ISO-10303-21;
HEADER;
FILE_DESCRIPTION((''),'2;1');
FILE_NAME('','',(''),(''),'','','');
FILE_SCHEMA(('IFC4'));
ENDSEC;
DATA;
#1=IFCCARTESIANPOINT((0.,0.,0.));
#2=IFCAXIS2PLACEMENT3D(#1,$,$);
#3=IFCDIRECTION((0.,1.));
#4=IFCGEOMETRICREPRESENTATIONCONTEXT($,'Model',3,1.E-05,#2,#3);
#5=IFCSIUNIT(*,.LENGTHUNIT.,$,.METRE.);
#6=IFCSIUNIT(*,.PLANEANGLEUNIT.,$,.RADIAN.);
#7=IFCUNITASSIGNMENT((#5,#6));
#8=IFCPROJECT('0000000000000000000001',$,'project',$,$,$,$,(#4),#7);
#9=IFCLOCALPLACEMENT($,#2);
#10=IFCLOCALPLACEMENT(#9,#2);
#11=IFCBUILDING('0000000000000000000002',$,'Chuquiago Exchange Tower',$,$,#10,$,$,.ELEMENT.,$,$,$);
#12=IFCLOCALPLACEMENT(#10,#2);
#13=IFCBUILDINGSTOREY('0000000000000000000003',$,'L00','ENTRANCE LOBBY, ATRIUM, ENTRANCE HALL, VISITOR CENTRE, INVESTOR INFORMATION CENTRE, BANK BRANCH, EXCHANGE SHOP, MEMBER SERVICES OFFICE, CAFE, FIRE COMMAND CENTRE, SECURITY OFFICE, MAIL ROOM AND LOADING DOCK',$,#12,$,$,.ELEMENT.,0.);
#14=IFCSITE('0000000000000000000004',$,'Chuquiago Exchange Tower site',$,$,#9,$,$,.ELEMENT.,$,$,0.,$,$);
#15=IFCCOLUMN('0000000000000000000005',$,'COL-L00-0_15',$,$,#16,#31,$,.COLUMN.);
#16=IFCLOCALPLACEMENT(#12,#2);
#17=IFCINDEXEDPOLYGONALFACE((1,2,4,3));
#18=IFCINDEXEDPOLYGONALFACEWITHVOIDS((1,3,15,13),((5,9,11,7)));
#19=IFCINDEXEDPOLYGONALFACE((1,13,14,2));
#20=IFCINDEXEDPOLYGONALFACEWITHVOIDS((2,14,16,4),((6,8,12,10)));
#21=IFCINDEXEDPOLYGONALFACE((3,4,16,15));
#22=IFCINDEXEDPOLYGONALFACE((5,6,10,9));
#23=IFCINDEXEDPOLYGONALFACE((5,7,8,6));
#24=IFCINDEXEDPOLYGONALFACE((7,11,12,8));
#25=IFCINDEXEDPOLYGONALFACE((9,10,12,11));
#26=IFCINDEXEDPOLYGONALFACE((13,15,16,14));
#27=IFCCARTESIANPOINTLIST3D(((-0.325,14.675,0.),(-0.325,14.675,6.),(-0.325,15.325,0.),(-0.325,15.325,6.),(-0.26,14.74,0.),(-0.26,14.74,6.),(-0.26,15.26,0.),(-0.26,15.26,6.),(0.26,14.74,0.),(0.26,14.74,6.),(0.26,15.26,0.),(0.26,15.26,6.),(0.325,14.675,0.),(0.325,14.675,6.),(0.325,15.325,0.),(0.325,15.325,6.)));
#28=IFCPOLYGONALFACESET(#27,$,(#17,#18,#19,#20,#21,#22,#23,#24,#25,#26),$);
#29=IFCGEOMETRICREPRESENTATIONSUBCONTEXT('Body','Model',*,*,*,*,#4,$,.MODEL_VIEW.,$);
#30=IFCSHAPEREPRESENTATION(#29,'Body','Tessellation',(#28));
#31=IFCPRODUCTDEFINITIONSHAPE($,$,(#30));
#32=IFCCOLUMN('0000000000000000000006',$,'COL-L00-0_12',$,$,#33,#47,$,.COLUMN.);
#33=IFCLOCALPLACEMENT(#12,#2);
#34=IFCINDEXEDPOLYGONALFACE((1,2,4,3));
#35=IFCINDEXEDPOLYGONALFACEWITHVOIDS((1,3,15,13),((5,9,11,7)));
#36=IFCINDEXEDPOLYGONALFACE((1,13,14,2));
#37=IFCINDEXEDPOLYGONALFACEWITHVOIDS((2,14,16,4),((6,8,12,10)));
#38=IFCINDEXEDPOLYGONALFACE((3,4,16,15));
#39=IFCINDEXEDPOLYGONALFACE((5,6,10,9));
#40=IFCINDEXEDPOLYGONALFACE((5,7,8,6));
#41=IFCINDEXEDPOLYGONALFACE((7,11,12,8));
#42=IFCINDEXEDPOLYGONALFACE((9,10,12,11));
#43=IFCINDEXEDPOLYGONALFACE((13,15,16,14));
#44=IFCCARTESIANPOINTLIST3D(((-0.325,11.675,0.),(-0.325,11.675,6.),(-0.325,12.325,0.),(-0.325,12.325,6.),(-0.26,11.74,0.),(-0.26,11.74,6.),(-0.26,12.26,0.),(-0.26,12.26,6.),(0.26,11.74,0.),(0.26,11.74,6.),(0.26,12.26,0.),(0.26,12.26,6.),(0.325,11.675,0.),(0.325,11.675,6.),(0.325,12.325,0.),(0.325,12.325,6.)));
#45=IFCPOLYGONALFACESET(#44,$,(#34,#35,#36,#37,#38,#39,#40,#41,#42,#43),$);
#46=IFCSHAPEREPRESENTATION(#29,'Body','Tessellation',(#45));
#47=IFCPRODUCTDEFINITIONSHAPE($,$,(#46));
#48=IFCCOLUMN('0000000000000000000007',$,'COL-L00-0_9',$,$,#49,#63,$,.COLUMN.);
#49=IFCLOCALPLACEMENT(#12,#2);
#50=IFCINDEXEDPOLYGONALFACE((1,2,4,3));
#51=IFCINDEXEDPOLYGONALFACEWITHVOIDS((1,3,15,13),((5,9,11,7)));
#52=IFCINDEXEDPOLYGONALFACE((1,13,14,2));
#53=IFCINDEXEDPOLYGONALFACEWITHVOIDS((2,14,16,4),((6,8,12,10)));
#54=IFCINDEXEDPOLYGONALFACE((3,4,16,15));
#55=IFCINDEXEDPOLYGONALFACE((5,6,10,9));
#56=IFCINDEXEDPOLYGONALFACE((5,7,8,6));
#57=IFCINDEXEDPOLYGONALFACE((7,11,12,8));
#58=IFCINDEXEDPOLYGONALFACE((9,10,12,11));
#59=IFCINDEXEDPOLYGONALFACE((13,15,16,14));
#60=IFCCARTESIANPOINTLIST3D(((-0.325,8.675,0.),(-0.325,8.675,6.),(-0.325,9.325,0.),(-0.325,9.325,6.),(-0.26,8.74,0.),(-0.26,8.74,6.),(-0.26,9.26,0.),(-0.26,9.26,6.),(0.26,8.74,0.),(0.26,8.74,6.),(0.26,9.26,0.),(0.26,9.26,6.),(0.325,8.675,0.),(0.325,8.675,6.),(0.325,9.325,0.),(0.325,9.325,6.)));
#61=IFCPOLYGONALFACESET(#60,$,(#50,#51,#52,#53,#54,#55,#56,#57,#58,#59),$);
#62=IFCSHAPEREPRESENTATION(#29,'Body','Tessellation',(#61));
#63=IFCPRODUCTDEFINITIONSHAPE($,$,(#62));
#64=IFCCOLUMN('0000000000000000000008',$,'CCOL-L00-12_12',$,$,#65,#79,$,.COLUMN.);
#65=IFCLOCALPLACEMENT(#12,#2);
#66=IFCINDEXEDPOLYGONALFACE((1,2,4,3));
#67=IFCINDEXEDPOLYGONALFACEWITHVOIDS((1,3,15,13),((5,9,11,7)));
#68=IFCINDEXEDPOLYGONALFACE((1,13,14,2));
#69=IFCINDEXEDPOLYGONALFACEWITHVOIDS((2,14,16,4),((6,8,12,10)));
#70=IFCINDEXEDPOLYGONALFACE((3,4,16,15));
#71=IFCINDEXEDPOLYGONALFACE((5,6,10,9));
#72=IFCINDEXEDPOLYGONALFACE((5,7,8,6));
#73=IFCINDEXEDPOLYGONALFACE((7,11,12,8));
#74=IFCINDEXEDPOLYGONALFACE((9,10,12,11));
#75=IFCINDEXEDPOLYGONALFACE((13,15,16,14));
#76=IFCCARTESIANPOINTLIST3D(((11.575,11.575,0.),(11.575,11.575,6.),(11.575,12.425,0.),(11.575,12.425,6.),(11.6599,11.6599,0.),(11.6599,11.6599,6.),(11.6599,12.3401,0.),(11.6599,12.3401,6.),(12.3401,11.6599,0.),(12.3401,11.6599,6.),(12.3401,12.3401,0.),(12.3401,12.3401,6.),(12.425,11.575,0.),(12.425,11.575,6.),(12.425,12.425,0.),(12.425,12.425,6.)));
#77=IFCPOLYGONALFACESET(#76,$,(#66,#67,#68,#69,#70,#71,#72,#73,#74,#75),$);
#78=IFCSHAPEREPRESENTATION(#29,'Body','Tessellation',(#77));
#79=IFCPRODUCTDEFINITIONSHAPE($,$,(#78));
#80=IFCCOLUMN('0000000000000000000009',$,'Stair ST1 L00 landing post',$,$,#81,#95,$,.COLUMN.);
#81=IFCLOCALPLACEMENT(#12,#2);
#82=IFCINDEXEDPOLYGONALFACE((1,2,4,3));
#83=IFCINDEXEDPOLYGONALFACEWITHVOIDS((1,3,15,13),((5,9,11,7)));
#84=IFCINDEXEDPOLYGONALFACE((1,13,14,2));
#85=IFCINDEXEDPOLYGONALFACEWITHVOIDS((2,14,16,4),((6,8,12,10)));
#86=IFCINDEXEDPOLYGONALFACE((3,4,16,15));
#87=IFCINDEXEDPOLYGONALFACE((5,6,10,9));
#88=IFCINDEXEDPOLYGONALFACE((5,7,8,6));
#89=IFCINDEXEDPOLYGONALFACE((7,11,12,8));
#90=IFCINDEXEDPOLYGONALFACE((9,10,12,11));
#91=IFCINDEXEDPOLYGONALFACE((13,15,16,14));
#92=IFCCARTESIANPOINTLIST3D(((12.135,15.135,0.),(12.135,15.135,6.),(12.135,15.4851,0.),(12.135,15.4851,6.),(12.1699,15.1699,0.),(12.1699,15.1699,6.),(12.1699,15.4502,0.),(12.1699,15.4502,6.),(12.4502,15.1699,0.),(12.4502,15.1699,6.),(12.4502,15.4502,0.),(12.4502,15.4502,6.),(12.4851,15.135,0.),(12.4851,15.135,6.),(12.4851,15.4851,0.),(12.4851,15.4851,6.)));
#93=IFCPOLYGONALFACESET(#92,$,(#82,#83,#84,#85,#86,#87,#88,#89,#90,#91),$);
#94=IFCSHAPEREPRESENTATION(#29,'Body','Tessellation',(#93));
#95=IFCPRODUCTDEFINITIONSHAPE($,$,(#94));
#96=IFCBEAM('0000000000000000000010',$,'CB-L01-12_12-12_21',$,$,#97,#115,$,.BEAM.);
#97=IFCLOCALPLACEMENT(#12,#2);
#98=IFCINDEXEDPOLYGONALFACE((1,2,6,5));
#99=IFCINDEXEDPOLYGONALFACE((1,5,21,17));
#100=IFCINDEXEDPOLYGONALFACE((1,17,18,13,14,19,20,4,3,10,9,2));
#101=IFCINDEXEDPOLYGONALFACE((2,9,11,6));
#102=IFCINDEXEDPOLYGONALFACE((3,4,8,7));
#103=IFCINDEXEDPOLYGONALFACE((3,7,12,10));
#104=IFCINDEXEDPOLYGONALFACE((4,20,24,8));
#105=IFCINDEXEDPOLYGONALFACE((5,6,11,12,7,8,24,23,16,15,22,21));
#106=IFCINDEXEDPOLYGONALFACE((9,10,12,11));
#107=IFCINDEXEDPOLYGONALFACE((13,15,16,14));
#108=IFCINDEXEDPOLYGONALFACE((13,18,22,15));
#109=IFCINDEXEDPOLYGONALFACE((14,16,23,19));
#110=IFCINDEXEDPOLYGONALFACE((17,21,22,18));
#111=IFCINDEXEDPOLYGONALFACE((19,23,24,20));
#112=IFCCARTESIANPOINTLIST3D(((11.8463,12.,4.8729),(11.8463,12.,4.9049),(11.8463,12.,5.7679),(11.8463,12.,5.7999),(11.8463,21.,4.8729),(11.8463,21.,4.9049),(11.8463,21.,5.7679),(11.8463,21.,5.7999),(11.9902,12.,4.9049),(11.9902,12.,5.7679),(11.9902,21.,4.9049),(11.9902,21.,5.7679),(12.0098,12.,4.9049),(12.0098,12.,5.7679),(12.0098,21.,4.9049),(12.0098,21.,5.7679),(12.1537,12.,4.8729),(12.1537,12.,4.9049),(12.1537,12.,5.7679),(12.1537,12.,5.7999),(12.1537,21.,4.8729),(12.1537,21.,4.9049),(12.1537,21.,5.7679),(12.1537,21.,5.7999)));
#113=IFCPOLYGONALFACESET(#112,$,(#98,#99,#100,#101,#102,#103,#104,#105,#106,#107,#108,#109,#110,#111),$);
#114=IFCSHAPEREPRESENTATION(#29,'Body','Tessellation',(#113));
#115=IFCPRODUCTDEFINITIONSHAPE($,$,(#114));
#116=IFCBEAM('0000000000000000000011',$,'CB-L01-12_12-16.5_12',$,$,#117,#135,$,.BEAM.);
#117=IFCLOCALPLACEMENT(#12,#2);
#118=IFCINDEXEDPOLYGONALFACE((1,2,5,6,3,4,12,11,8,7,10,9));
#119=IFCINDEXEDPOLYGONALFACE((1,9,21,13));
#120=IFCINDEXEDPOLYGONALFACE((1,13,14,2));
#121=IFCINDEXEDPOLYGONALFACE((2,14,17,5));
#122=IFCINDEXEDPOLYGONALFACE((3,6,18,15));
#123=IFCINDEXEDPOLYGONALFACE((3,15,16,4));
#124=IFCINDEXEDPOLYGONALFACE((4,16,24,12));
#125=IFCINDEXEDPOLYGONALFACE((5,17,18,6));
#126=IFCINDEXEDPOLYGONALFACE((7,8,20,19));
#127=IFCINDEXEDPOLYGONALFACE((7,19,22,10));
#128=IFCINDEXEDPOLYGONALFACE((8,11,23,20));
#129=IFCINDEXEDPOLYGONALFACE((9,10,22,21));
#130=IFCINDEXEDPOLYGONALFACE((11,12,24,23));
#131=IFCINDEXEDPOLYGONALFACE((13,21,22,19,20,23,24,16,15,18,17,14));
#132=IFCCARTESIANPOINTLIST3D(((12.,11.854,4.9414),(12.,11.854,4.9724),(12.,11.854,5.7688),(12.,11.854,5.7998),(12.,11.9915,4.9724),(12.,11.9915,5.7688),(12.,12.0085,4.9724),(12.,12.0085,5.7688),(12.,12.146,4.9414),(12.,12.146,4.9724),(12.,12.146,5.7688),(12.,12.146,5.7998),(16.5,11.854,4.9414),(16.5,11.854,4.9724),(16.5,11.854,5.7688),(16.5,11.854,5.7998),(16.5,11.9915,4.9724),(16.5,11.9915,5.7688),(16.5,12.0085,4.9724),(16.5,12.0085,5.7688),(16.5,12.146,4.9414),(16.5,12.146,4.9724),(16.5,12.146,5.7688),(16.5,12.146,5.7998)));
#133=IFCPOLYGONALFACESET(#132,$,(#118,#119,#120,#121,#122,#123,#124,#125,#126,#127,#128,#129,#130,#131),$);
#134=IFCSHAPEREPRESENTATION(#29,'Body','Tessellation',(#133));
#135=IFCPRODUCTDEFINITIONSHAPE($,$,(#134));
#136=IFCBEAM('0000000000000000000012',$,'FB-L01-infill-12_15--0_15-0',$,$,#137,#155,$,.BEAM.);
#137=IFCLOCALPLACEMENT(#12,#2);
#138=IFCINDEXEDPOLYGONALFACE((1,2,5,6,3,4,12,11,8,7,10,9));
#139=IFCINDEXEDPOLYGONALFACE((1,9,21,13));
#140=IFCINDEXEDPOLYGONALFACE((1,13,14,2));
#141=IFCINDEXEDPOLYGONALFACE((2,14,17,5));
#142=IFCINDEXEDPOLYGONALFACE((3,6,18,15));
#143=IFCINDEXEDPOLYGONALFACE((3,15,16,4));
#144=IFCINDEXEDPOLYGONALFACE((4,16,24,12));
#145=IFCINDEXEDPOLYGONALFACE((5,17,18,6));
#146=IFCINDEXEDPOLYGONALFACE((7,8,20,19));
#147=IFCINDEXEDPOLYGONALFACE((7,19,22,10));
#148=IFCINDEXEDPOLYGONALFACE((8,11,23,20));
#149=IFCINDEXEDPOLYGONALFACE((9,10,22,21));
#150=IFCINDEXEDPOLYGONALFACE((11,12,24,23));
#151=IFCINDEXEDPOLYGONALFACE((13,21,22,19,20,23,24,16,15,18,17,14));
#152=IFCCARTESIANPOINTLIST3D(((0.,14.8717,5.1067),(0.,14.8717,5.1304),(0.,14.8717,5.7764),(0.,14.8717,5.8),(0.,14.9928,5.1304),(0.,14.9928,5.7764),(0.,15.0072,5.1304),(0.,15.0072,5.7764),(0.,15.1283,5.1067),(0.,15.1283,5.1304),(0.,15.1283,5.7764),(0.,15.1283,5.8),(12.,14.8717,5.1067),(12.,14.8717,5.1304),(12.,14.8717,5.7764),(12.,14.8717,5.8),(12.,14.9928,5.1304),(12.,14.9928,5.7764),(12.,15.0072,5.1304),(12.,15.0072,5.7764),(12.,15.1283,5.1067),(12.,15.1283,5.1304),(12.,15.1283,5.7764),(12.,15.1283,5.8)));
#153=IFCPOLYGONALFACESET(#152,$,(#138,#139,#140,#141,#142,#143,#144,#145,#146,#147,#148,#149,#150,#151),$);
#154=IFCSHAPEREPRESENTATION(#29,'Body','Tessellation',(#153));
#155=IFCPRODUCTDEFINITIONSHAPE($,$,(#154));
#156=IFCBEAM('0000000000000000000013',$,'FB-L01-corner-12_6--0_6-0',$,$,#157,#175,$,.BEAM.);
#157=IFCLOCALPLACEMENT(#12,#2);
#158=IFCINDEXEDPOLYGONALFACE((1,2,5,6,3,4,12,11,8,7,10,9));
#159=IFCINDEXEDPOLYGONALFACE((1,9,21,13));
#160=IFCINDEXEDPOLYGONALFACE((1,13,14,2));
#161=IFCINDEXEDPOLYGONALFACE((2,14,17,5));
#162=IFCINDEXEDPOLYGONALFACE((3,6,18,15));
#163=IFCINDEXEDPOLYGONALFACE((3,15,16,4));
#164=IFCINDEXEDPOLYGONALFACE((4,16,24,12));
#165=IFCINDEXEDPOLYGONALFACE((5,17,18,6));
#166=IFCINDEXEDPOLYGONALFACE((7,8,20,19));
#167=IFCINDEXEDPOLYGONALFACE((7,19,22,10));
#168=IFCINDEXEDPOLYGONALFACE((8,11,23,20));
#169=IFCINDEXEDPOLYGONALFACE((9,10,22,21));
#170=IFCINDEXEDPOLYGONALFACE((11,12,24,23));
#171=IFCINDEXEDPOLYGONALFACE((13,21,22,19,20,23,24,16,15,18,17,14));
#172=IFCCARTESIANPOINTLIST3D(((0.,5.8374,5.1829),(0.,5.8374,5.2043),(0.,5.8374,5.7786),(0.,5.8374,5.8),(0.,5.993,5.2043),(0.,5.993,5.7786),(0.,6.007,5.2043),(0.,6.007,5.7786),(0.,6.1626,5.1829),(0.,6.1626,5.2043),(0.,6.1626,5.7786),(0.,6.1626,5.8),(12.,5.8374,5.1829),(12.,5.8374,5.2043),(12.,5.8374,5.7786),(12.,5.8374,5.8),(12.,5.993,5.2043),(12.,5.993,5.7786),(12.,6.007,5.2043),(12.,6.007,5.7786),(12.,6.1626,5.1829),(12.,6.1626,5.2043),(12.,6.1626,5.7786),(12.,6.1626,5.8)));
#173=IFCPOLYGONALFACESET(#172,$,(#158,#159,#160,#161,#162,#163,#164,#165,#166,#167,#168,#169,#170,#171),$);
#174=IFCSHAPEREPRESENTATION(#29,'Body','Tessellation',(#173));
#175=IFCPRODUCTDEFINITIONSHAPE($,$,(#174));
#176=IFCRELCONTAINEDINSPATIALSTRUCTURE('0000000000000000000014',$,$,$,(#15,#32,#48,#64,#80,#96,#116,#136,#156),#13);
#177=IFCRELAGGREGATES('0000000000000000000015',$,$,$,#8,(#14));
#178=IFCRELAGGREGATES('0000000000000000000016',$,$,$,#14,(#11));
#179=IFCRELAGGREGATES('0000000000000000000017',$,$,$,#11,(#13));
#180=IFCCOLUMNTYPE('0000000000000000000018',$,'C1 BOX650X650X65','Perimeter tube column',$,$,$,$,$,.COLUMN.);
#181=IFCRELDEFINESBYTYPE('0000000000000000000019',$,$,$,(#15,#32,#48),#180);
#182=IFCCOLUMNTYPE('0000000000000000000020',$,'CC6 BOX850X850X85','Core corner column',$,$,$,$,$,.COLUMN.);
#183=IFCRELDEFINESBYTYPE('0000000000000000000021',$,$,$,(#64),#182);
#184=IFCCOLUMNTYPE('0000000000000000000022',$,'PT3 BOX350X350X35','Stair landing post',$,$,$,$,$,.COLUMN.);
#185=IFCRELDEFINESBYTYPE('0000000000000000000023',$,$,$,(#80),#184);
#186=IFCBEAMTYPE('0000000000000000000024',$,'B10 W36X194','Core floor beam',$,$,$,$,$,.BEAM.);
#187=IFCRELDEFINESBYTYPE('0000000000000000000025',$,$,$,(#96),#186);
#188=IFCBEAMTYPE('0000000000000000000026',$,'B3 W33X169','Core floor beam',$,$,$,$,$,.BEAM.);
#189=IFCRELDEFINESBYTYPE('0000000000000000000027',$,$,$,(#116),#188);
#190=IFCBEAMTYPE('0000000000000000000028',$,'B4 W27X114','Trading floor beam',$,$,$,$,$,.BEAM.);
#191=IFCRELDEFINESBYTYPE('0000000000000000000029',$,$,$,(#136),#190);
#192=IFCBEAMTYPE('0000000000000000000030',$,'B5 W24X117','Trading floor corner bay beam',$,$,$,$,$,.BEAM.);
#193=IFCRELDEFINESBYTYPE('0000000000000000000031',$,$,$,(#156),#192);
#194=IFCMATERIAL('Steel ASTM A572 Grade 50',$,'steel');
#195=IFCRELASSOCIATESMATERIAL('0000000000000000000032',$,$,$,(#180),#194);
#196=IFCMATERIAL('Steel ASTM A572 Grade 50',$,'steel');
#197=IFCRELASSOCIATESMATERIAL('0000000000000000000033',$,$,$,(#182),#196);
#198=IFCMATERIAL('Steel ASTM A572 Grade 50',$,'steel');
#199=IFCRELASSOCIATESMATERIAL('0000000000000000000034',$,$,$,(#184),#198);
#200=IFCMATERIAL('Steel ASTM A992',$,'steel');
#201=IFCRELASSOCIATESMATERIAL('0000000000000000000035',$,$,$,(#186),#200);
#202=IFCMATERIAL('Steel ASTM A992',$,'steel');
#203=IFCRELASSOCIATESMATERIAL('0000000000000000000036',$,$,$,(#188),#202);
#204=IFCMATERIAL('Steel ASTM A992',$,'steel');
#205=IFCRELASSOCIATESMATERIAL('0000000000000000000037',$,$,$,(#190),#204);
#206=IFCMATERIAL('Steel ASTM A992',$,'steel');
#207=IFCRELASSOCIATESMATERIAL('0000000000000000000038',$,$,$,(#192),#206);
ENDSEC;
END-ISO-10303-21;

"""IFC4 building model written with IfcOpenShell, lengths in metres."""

from ifc_helpers import new_model, si_unit, direction, frame, origin, origin_2d, place, context, subcontext, project, spatial, hollow_rectangle, i_section, extrude, material, material_profile, profile_set, type_object, element, save


model = new_model("IFC4")

# Units and contexts
model_context = context("Model", 3, precision=1e-05, world=origin(), true_north=direction((0.0, 1.0)))
body_context = subcontext(model_context, "Body", "Model", "MODEL_VIEW")
ifc_project = project(units=[si_unit("LENGTHUNIT", "METRE"), si_unit("PLANEANGLEUNIT", "RADIAN")], contexts=[model_context])

# Site, building, storey
site_placement = place(None, origin())
site = spatial("IfcSite", under=ifc_project, at=site_placement, Name="Chuquiago Exchange Tower site", CompositionType="ELEMENT", RefElevation=0.0)
building_placement = place(site_placement, origin())
building = spatial("IfcBuilding", under=site, at=building_placement, Name="Chuquiago Exchange Tower", CompositionType="ELEMENT")
storey_placement = place(building_placement, origin())
storey = spatial("IfcBuildingStorey", under=building, at=storey_placement, Name="L00", Description="ENTRANCE LOBBY, ATRIUM, ENTRANCE HALL, VISITOR CENTRE, INVESTOR INFORMATION CENTRE, BANK BRANCH, EXCHANGE SHOP, MEMBER SERVICES OFFICE, CAFE, FIRE COMMAND CENTRE, SECURITY OFFICE, MAIL ROOM AND LOADING DOCK", CompositionType="ELEMENT", Elevation=0.0)

# Columns
ifc_material_1 = material(Name="Steel ASTM A572 Grade 50", Category="steel")
ifc_material_profile_1 = material_profile(ifc_material_1, hollow_rectangle(XDim=0.6499, YDim=0.6499, WallThickness=0.0649, at=origin_2d()), Name="BOX650X650X65")
ifc_profile_set_1 = profile_set([ifc_material_profile_1], Name="Steel ASTM A572 Grade 50")
column_type_1 = type_object("IfcColumnType", Name="C1 BOX650X650X65", Description="Perimeter tube column", PredefinedType="COLUMN", material=ifc_profile_set_1)
for number, where, z_axis, x_axis, name in (
    (1, (0.0, 15.0, 0.0), (0.0, 0.0, 1.0), (-1.0, 0.0, 0.0), "COL-L00-0_15"),
    (2, (0.0, 12.0, 0.0), (0.0, 0.0, 1.0), (-1.0, 0.0, 0.0), "COL-L00-0_12"),
    (3, (0.0, 9.0, 0.0), (0.0, 0.0, 1.0), (-1.0, 0.0, 0.0), "COL-L00-0_9"),
):
    element("IfcColumn", number, at=place(storey_placement, frame(where, z_axis=z_axis, x_axis=x_axis)), inside=storey, type_object=column_type_1, Name=name, PredefinedType="COLUMN", context=body_context, shape_type="SweptSolid", body=[
        extrude(hollow_rectangle(XDim=0.6499, YDim=0.6499, WallThickness=0.0649, at=origin_2d()), origin(), (0.0, 0.0, 1.0), 6.0),
    ])
ifc_material_2 = material(Name="Steel ASTM A572 Grade 50", Category="steel")
ifc_material_profile_2 = material_profile(ifc_material_2, hollow_rectangle(XDim=0.8501, YDim=0.8501, WallThickness=0.085, at=origin_2d()), Name="BOX850X850X85")
ifc_profile_set_2 = profile_set([ifc_material_profile_2], Name="Steel ASTM A572 Grade 50")
column_type_2 = type_object("IfcColumnType", Name="CC6 BOX850X850X85", Description="Core corner column", PredefinedType="COLUMN", material=ifc_profile_set_2)
column_1_placement = place(storey_placement, frame((12.0, 12.0, 0.0), z_axis=(0.0, 0.0, 1.0), x_axis=(1.0, 0.0, 0.0)))
element("IfcColumn", 4, at=column_1_placement, inside=storey, type_object=column_type_2, Name="CCOL-L00-12_12", PredefinedType="COLUMN", context=body_context, shape_type="SweptSolid", body=[
    extrude(hollow_rectangle(XDim=0.8501, YDim=0.8501, WallThickness=0.085, at=origin_2d()), origin(), (0.0, 0.0, 1.0), 6.0),
])
ifc_material_3 = material(Name="Steel ASTM A572 Grade 50", Category="steel")
ifc_material_profile_3 = material_profile(ifc_material_3, hollow_rectangle(XDim=0.3501, YDim=0.3501, WallThickness=0.0349, at=origin_2d()), Name="BOX350X350X35")
ifc_profile_set_3 = profile_set([ifc_material_profile_3], Name="Steel ASTM A572 Grade 50")
column_type_3 = type_object("IfcColumnType", Name="PT3 BOX350X350X35", Description="Stair landing post", PredefinedType="COLUMN", material=ifc_profile_set_3)
column_2_placement = place(storey_placement, frame((12.3101, 15.3101, 0.0), z_axis=(0.0, 0.0, 1.0), x_axis=(1.0, 0.0, 0.0)))
element("IfcColumn", 5, at=column_2_placement, inside=storey, type_object=column_type_3, Name="Stair ST1 L00 landing post", PredefinedType="COLUMN", context=body_context, shape_type="SweptSolid", body=[
    extrude(hollow_rectangle(XDim=0.3501, YDim=0.3501, WallThickness=0.0349, at=origin_2d()), origin(), (0.0, 0.0, 1.0), 6.0),
])

# Beams
ifc_material_4 = material(Name="Steel ASTM A992", Category="steel")
ifc_material_profile_4 = material_profile(ifc_material_4, i_section(OverallWidth=0.3074, OverallDepth=0.927, WebThickness=0.0195, FlangeThickness=0.032, at=origin_2d()), Name="W36X194")
ifc_profile_set_4 = profile_set([ifc_material_profile_4], Name="Steel ASTM A992")
beam_type_1 = type_object("IfcBeamType", Name="B10 W36X194", Description="Core floor beam", PredefinedType="BEAM", material=ifc_profile_set_4)
beam_1_placement = place(storey_placement, frame((12.0, 12.0, 5.3364), z_axis=(0.0, 1.0, 0.0), x_axis=(-1.0, 0.0, 0.0)))
element("IfcBeam", 6, at=beam_1_placement, inside=storey, type_object=beam_type_1, Name="CB-L01-12_12-12_21", PredefinedType="BEAM", context=body_context, shape_type="SweptSolid", body=[
    extrude(i_section(OverallWidth=0.3074, OverallDepth=0.927, WebThickness=0.0195, FlangeThickness=0.032, at=origin_2d()), origin(), (0.0, 0.0, 1.0), 9.0),
])
ifc_material_5 = material(Name="Steel ASTM A992", Category="steel")
ifc_material_profile_5 = material_profile(ifc_material_5, i_section(OverallWidth=0.292, OverallDepth=0.8584, WebThickness=0.0171, FlangeThickness=0.031, at=origin_2d()), Name="W33X169")
ifc_profile_set_5 = profile_set([ifc_material_profile_5], Name="Steel ASTM A992")
beam_type_2 = type_object("IfcBeamType", Name="B3 W33X169", Description="Core floor beam", PredefinedType="BEAM", material=ifc_profile_set_5)
beam_2_placement = place(storey_placement, frame((12.0, 12.0, 5.3706), z_axis=(1.0, 0.0, 0.0), x_axis=(0.0, 1.0, 0.0)))
element("IfcBeam", 7, at=beam_2_placement, inside=storey, type_object=beam_type_2, Name="CB-L01-12_12-16.5_12", PredefinedType="BEAM", context=body_context, shape_type="SweptSolid", body=[
    extrude(i_section(OverallWidth=0.292, OverallDepth=0.8584, WebThickness=0.0171, FlangeThickness=0.031, at=origin_2d()), origin(), (0.0, 0.0, 1.0), 4.5),
])
ifc_material_6 = material(Name="Steel ASTM A992", Category="steel")
ifc_material_profile_6 = material_profile(ifc_material_6, i_section(OverallWidth=0.2566, OverallDepth=0.6934, WebThickness=0.0144, FlangeThickness=0.0237, at=origin_2d()), Name="W27X114")
ifc_profile_set_6 = profile_set([ifc_material_profile_6], Name="Steel ASTM A992")
beam_type_3 = type_object("IfcBeamType", Name="B4 W27X114", Description="Trading floor beam", PredefinedType="BEAM", material=ifc_profile_set_6)
beam_3_placement = place(storey_placement, frame((12.0, 15.0, 5.4534), z_axis=(-1.0, 0.0, 0.0), x_axis=(0.0, -1.0, 0.0)))
element("IfcBeam", 8, at=beam_3_placement, inside=storey, type_object=beam_type_3, Name="FB-L01-infill-12_15--0_15-0", PredefinedType="BEAM", context=body_context, shape_type="SweptSolid", body=[
    extrude(i_section(OverallWidth=0.2566, OverallDepth=0.6934, WebThickness=0.0144, FlangeThickness=0.0237, at=origin_2d()), origin(), (0.0, 0.0, 1.0), 12.0),
])
ifc_material_7 = material(Name="Steel ASTM A992", Category="steel")
ifc_material_profile_7 = material_profile(ifc_material_7, i_section(OverallWidth=0.3252, OverallDepth=0.6172, WebThickness=0.0139, FlangeThickness=0.0215, at=origin_2d()), Name="W24X117")
ifc_profile_set_7 = profile_set([ifc_material_profile_7], Name="Steel ASTM A992")
beam_type_4 = type_object("IfcBeamType", Name="B5 W24X117", Description="Trading floor corner bay beam", PredefinedType="BEAM", material=ifc_profile_set_7)
for number, where, z_axis, x_axis, name in (
    (9, (12.0, 6.0, 5.4915), (-1.0, 0.0, 0.0), (0.0, -1.0, 0.0), "FB-L01-corner-12_6--0_6-0"),
):
    element("IfcBeam", number, at=place(storey_placement, frame(where, z_axis=z_axis, x_axis=x_axis)), inside=storey, type_object=beam_type_4, Name=name, PredefinedType="BEAM", context=body_context, shape_type="SweptSolid", body=[
        extrude(i_section(OverallWidth=0.3252, OverallDepth=0.6172, WebThickness=0.0139, FlangeThickness=0.0215, at=origin_2d()), origin(), (0.0, 0.0, 1.0), 12.0),
    ])

save(model, "model.ifc")
